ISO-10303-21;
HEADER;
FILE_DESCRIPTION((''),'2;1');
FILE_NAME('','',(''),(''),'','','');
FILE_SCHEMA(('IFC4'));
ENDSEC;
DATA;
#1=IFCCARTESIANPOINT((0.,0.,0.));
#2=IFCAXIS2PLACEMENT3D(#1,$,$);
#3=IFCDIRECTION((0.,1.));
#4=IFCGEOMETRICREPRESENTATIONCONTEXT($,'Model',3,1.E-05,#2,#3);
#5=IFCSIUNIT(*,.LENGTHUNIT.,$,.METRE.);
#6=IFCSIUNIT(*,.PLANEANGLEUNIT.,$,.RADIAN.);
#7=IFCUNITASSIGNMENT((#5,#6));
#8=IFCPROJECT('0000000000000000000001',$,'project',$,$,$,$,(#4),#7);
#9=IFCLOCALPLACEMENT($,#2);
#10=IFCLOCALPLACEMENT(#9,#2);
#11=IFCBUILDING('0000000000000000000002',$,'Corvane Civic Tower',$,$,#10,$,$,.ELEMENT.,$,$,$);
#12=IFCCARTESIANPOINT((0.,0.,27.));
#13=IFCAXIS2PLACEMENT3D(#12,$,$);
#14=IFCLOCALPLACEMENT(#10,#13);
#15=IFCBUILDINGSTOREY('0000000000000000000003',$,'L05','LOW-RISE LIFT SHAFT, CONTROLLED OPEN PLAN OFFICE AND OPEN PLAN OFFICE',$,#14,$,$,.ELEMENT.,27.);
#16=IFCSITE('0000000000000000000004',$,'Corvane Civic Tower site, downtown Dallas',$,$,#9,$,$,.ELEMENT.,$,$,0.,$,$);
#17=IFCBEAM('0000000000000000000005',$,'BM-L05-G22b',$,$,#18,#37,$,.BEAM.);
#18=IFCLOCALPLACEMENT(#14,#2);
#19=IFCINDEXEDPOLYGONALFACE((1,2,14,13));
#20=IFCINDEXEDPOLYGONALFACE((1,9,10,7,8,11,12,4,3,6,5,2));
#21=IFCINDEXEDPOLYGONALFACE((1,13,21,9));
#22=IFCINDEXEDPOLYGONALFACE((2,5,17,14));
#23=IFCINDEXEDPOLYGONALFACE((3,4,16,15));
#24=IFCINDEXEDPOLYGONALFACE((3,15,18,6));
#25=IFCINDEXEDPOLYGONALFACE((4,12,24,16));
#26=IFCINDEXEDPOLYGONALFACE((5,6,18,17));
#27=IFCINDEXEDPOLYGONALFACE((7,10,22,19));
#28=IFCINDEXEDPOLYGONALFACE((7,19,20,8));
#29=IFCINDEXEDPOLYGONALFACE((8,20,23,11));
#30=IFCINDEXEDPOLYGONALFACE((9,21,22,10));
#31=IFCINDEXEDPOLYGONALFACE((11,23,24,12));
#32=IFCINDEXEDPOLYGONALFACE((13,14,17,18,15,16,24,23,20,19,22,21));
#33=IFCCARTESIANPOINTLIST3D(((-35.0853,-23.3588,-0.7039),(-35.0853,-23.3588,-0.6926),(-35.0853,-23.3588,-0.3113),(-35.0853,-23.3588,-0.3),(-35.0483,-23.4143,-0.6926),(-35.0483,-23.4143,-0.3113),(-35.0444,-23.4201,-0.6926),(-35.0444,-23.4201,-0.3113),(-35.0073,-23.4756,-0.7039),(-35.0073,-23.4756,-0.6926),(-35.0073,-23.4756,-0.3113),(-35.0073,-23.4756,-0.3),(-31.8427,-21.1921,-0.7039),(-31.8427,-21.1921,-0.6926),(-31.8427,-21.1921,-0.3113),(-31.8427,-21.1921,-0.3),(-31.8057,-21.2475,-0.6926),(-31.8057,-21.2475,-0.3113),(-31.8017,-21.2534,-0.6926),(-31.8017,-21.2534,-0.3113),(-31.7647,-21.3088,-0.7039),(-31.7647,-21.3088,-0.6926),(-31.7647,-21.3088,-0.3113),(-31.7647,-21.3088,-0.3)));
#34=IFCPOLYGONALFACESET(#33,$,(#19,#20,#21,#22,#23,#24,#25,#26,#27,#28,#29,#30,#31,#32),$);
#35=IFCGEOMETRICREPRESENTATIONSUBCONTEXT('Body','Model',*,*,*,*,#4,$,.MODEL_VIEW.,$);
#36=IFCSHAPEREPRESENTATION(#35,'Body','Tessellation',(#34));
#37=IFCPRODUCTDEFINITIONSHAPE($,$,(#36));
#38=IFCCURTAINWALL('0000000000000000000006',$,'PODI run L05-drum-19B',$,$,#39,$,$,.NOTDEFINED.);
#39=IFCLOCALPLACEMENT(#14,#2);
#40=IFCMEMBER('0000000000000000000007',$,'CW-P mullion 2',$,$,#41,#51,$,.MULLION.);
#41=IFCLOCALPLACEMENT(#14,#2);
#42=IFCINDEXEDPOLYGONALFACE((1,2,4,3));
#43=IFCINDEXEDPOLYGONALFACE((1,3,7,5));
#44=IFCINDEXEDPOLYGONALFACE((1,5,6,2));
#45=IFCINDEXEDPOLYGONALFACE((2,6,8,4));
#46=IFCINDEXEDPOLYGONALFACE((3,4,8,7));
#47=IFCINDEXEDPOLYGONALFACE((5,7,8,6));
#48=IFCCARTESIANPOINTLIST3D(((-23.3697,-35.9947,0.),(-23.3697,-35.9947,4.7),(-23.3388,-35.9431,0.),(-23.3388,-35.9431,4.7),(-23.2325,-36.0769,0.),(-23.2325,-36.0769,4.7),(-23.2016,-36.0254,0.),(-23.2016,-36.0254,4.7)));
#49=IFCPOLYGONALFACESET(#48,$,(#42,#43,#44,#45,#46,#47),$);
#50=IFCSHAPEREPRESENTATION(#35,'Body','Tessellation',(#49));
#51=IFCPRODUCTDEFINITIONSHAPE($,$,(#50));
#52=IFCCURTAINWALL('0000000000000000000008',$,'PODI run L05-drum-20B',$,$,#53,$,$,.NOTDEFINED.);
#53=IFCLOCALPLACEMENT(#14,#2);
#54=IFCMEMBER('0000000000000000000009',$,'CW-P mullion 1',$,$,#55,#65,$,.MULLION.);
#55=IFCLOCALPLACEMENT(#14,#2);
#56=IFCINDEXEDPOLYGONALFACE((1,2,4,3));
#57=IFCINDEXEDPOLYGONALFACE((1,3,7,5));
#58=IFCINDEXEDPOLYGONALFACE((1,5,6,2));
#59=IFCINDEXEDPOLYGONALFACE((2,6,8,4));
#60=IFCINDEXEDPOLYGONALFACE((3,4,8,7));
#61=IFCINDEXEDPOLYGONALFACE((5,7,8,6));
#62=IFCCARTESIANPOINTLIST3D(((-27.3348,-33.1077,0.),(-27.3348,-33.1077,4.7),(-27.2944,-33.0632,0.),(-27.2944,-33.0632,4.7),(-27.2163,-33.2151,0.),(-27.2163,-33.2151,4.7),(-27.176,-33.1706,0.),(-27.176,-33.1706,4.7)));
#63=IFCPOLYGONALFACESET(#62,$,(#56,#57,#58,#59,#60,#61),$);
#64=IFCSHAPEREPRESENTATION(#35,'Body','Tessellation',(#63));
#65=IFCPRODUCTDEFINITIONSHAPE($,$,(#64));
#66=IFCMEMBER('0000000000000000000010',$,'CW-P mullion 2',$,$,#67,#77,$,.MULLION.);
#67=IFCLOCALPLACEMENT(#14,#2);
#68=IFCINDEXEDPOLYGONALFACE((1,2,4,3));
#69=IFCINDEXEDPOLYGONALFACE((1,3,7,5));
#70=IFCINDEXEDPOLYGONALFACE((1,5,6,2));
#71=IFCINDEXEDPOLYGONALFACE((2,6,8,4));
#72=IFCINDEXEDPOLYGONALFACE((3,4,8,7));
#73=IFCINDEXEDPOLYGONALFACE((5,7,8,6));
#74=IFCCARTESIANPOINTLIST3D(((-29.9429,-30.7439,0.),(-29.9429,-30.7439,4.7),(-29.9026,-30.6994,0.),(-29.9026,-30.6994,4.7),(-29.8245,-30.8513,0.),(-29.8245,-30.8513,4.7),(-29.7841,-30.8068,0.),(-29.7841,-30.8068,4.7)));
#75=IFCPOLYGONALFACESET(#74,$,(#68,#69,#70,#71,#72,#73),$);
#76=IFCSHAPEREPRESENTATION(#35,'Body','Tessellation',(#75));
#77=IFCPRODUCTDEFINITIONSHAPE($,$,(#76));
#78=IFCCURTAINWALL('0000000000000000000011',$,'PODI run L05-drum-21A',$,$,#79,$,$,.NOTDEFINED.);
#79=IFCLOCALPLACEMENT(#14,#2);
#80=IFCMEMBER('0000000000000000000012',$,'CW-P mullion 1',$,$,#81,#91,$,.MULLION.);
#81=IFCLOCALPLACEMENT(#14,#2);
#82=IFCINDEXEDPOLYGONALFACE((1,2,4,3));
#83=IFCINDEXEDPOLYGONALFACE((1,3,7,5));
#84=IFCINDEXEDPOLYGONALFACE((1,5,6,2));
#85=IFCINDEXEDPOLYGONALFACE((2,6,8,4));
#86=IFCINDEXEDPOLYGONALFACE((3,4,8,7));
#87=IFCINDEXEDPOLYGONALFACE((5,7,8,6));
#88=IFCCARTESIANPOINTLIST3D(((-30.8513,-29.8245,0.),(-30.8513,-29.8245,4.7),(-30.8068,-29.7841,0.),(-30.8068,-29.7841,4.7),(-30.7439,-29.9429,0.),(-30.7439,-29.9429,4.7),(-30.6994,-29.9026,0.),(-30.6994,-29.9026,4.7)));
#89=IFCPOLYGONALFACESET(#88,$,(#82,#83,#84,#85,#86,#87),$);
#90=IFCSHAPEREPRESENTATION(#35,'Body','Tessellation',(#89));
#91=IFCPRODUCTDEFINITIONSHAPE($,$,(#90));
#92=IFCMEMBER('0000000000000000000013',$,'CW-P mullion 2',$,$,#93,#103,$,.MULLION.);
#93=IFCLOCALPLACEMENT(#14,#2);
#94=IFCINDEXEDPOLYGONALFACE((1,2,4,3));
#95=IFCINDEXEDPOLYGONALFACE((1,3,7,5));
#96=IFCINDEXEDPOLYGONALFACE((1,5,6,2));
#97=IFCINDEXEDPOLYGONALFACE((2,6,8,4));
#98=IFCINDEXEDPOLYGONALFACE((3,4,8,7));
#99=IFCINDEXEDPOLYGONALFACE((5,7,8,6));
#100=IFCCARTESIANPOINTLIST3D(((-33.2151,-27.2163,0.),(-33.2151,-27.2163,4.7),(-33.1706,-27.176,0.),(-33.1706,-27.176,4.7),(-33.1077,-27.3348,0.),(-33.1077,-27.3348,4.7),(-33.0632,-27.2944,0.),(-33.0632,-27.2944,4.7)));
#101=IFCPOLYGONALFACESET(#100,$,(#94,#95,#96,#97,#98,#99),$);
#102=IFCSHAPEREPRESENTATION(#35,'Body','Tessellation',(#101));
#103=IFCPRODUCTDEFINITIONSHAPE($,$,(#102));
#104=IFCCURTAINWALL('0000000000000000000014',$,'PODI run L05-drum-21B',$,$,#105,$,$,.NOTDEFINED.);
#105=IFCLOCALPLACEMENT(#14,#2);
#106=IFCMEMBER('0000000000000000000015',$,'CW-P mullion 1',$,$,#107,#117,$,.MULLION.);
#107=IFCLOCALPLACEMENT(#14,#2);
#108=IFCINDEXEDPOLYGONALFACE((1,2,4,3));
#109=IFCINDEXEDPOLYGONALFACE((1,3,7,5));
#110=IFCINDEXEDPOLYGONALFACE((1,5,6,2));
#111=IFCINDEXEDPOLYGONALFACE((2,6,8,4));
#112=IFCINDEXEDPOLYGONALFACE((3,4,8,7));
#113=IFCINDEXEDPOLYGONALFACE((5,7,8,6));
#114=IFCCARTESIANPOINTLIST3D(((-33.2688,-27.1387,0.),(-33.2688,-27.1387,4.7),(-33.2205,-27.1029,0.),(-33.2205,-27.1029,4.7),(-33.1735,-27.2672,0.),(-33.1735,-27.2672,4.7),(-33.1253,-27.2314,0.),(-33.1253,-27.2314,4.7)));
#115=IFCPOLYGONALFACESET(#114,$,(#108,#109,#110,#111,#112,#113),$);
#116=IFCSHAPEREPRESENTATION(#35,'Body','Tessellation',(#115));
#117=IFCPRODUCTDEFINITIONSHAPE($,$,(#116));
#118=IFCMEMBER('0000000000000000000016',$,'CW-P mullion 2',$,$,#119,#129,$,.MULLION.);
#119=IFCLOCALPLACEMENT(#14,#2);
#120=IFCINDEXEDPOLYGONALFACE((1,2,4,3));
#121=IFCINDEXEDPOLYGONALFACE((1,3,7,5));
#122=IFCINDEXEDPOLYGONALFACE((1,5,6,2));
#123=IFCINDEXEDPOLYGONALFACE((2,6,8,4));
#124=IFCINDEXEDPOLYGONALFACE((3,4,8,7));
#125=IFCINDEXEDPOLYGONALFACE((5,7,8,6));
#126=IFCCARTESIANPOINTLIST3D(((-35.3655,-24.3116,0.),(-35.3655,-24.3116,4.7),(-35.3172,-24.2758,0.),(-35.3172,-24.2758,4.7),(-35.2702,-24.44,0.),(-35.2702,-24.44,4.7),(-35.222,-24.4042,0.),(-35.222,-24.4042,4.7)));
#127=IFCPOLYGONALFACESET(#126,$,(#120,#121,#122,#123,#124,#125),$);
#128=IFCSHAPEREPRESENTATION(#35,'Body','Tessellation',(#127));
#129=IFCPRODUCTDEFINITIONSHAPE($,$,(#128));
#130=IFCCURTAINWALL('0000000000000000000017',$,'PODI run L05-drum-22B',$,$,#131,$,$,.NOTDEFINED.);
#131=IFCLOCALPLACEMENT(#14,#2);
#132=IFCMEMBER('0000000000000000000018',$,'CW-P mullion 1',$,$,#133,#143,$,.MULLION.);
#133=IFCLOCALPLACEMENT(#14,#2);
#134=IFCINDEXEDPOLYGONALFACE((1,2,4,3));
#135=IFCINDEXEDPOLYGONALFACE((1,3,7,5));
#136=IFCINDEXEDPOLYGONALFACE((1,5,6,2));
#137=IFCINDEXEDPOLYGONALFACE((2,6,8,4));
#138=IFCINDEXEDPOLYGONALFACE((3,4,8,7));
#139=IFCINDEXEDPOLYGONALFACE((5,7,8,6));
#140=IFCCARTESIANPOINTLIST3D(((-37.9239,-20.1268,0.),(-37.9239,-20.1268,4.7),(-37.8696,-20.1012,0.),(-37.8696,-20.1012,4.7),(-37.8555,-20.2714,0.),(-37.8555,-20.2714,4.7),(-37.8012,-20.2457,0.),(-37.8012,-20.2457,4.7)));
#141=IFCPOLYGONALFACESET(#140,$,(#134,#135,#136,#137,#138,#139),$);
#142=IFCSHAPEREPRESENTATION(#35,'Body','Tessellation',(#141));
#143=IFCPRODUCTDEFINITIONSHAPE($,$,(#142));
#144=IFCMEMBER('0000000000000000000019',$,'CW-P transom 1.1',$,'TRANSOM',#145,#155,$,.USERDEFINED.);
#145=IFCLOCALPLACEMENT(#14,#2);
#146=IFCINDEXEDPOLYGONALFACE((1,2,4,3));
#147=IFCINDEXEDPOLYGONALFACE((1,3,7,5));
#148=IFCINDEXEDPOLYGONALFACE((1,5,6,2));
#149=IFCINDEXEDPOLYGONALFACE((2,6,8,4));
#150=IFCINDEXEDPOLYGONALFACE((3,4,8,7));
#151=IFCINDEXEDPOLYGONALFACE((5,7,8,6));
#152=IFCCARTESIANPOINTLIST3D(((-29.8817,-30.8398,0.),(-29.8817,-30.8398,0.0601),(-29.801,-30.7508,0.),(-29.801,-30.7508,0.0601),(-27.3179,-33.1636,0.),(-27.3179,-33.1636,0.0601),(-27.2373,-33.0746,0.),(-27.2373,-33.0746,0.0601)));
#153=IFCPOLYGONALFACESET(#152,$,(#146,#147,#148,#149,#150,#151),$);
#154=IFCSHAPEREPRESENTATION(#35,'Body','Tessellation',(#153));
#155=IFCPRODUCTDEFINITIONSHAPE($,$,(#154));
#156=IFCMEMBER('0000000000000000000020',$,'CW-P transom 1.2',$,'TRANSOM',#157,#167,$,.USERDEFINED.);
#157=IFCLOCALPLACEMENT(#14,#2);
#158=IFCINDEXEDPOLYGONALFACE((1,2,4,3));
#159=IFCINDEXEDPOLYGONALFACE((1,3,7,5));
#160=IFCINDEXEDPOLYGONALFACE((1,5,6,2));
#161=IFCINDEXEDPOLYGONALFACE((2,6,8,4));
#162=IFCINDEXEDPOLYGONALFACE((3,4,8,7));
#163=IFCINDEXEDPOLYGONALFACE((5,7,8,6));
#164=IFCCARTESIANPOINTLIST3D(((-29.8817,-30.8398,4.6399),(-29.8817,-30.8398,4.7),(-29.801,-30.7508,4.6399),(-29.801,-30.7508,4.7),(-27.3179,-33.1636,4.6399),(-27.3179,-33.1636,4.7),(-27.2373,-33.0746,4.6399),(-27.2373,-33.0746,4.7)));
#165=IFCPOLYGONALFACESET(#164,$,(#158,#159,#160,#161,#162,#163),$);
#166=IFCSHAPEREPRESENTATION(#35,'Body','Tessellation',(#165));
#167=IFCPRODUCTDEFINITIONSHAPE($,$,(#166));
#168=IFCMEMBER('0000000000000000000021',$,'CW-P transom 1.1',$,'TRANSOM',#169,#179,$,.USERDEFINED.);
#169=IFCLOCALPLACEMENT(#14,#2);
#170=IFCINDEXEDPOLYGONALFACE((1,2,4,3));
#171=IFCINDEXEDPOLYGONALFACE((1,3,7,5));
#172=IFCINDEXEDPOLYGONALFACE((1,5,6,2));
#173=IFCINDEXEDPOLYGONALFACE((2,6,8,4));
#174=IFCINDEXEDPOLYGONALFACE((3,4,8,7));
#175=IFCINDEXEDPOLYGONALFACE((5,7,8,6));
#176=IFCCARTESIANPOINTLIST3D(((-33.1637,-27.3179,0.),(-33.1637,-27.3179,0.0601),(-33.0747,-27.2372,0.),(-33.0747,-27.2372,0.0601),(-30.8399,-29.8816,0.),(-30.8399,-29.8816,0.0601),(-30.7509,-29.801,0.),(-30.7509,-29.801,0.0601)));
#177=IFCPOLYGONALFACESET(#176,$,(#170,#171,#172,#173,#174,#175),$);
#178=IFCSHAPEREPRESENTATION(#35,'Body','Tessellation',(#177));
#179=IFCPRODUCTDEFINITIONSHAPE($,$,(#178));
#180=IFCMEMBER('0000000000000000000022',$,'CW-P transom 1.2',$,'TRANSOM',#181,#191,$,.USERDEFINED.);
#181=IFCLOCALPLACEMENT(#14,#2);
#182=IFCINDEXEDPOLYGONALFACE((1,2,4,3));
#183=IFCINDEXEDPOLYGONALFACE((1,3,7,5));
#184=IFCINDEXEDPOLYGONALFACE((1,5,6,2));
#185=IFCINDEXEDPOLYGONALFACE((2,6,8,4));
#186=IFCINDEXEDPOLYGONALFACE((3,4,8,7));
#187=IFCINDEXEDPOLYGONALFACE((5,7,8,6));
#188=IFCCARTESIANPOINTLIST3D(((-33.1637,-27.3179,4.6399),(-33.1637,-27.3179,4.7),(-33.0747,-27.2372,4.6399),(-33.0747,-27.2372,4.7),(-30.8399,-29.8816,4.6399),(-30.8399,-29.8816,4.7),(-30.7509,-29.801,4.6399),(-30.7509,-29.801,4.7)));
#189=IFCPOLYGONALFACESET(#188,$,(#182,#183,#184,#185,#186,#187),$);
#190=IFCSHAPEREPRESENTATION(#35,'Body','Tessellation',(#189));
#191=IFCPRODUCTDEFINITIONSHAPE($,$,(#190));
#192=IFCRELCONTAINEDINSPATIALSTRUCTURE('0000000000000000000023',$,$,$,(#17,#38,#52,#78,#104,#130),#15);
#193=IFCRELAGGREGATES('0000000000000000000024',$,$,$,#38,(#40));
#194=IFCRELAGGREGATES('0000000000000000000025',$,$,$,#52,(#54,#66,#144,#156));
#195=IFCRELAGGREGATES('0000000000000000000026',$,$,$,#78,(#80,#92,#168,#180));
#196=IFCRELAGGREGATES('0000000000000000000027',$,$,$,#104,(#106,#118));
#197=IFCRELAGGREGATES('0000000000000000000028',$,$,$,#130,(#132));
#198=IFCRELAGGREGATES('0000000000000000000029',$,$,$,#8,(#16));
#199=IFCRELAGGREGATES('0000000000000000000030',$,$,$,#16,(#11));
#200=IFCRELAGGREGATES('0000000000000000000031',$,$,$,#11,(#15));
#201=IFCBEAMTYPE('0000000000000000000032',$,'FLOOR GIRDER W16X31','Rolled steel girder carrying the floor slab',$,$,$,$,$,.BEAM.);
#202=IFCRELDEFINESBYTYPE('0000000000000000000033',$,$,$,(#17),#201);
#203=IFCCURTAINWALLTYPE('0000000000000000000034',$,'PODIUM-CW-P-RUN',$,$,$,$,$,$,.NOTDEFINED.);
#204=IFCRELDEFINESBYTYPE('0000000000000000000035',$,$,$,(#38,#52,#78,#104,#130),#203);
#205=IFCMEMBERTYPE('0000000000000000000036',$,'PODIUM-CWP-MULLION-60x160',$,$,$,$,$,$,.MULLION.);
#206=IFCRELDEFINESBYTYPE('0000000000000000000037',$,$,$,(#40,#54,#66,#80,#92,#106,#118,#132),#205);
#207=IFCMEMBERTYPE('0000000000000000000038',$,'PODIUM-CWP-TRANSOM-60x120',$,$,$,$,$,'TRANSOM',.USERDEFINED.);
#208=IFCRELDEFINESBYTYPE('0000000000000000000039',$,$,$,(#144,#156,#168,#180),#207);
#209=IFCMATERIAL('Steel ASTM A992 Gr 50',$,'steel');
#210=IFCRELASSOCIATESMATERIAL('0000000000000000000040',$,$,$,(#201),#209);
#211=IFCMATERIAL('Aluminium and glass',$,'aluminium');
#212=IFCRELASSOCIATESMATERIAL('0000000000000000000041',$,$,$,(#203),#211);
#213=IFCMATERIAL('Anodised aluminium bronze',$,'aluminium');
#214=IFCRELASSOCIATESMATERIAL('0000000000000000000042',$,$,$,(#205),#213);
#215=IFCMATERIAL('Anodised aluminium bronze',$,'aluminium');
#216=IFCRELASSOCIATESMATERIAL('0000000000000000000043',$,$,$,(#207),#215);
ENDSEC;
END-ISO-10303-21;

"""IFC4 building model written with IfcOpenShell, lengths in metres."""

from ifc_helpers import new_model, si_unit, direction, frame, origin, origin_2d, place, context, subcontext, project, spatial, rectangle, i_section, extrude, material, material_profile, profile_set, type_object, element, aggregate, save


model = new_model("IFC4")

# Units and contexts
model_context = context("Model", 3, precision=1e-05, world=origin(), true_north=direction((0.0, 1.0)))
body_context = subcontext(model_context, "Body", "Model", "MODEL_VIEW")
ifc_project = project(units=[si_unit("LENGTHUNIT", "METRE"), si_unit("PLANEANGLEUNIT", "RADIAN")], contexts=[model_context])

# Site, building, storey
site_placement = place(None, origin())
site = spatial("IfcSite", under=ifc_project, at=site_placement, Name="Corvane Civic Tower site, downtown Dallas", CompositionType="ELEMENT", RefElevation=0.0)
building_placement = place(site_placement, origin())
building = spatial("IfcBuilding", under=site, at=building_placement, Name="Corvane Civic Tower", CompositionType="ELEMENT")
storey_placement = place(building_placement, frame((0.0, 0.0, 27.0)))
storey = spatial("IfcBuildingStorey", under=building, at=storey_placement, Name="L05", Description="LOW-RISE LIFT SHAFT, CONTROLLED OPEN PLAN OFFICE AND OPEN PLAN OFFICE", CompositionType="ELEMENT", Elevation=27.0)

# Beam
ifc_material_1 = material(Name="Steel ASTM A992 Gr 50", Category="steel")
ifc_material_profile_1 = material_profile(ifc_material_1, i_section(OverallWidth=0.1404, OverallDepth=0.4038, WebThickness=0.0071, FlangeThickness=0.0112, at=origin_2d()), Name="W16X31")
ifc_profile_set_1 = profile_set([ifc_material_profile_1], Name="Steel ASTM A992 Gr 50")
beam_type_1 = type_object("IfcBeamType", Name="FLOOR GIRDER W16X31", Description="Rolled steel girder carrying the floor slab", PredefinedType="BEAM", material=ifc_profile_set_1)
for number, where, z_axis, x_axis, name in (
    (1, (-31.8037, -21.2505, -0.502), (-0.831462, -0.555581, 0.0), (0.555581, -0.831462, 0.0), "BM-L05-G22b"),
):
    element("IfcBeam", number, at=place(storey_placement, frame(where, z_axis=z_axis, x_axis=x_axis)), inside=storey, type_object=beam_type_1, Name=name, PredefinedType="BEAM", context=body_context, shape_type="SweptSolid", body=[
        extrude(i_section(OverallWidth=0.1404, OverallDepth=0.4038, WebThickness=0.0071, FlangeThickness=0.0112, at=origin_2d()), origin(), (0.0, 0.0, 1.0), 3.8999),
    ])

# Curtain wall, member
ifc_material_2 = material(Name="Aluminium and glass", Category="aluminium")
curtain_wall_type = type_object("IfcCurtainWallType", Name="PODIUM-CW-P-RUN", PredefinedType="NOTDEFINED", material=ifc_material_2)
curtain_wall_1_placement = place(storey_placement, origin())
curtain_wall_1 = element("IfcCurtainWall", 2, at=curtain_wall_1_placement, inside=storey, type_object=curtain_wall_type, Name="PODI run L05-drum-19B", PredefinedType="NOTDEFINED")
ifc_material_3 = material(Name="Anodised aluminium bronze", Category="aluminium")
ifc_material_profile_2 = material_profile(ifc_material_3, rectangle(XDim=0.0601, YDim=0.1599, at=origin_2d()), Name="AL 60x160")
ifc_profile_set_2 = profile_set([ifc_material_profile_2], Name="Anodised aluminium bronze")
member_type_1 = type_object("IfcMemberType", Name="PODIUM-CWP-MULLION-60x160", PredefinedType="MULLION", material=ifc_profile_set_2)
member_1_placement = place(storey_placement, frame((-23.2856, -36.01, 0.0), z_axis=(0.0, 0.0, 1.0), x_axis=(-0.514118, -0.85772, 0.0)))
member_1 = element("IfcMember", 3, at=member_1_placement, type_object=member_type_1, Name="CW-P mullion 2", PredefinedType="MULLION", context=body_context, shape_type="SweptSolid", body=[
    extrude(rectangle(XDim=0.0601, YDim=0.1599, at=origin_2d()), origin(), (0.0, 0.0, 1.0), 4.7),
])
aggregate(curtain_wall_1, [member_1])

# Curtain walls, members
curtain_wall_2_placement = place(storey_placement, origin())
curtain_wall_2 = element("IfcCurtainWall", 4, at=curtain_wall_2_placement, inside=storey, type_object=curtain_wall_type, Name="PODI run L05-drum-20B", PredefinedType="NOTDEFINED")
member_2_placement = place(storey_placement, frame((-27.2554, -33.1392, 0.0), z_axis=(0.0, 0.0, 1.0), x_axis=(-0.671576, -0.740935, 0.0)))
member_2 = element("IfcMember", 5, at=member_2_placement, type_object=member_type_1, Name="CW-P mullion 1", PredefinedType="MULLION", context=body_context, shape_type="SweptSolid", body=[
    extrude(rectangle(XDim=0.0601, YDim=0.1599, at=origin_2d()), origin(), (0.0, 0.0, 1.0), 4.7),
])
member_3_placement = place(storey_placement, frame((-29.8635, -30.7754, 0.0), z_axis=(0.0, 0.0, 1.0), x_axis=(-0.671576, -0.740935, 0.0)))
member_3 = element("IfcMember", 6, at=member_3_placement, type_object=member_type_1, Name="CW-P mullion 2", PredefinedType="MULLION", context=body_context, shape_type="SweptSolid", body=[
    extrude(rectangle(XDim=0.0601, YDim=0.1599, at=origin_2d()), origin(), (0.0, 0.0, 1.0), 4.7),
])
curtain_wall_3_placement = place(storey_placement, origin())
curtain_wall_3 = element("IfcCurtainWall", 7, at=curtain_wall_3_placement, inside=storey, type_object=curtain_wall_type, Name="PODI run L05-drum-21A", PredefinedType="NOTDEFINED")
member_4_placement = place(storey_placement, frame((-30.7754, -29.8635, 0.0), z_axis=(0.0, 0.0, 1.0), x_axis=(-0.740935, -0.671576, 0.0)))
member_4 = element("IfcMember", 8, at=member_4_placement, type_object=member_type_1, Name="CW-P mullion 1", PredefinedType="MULLION", context=body_context, shape_type="SweptSolid", body=[
    extrude(rectangle(XDim=0.0601, YDim=0.1599, at=origin_2d()), origin(), (0.0, 0.0, 1.0), 4.7),
])
member_5_placement = place(storey_placement, frame((-33.1392, -27.2554, 0.0), z_axis=(0.0, 0.0, 1.0), x_axis=(-0.740935, -0.671576, 0.0)))
member_5 = element("IfcMember", 9, at=member_5_placement, type_object=member_type_1, Name="CW-P mullion 2", PredefinedType="MULLION", context=body_context, shape_type="SweptSolid", body=[
    extrude(rectangle(XDim=0.0601, YDim=0.1599, at=origin_2d()), origin(), (0.0, 0.0, 1.0), 4.7),
])
curtain_wall_4_placement = place(storey_placement, origin())
curtain_wall_4 = element("IfcCurtainWall", 10, at=curtain_wall_4_placement, inside=storey, type_object=curtain_wall_type, Name="PODI run L05-drum-21B", PredefinedType="NOTDEFINED")
member_6_placement = place(storey_placement, frame((-33.197, -27.1851, 0.0), z_axis=(0.0, 0.0, 1.0), x_axis=(-0.803203, -0.595705, 0.0)))
member_6 = element("IfcMember", 11, at=member_6_placement, type_object=member_type_1, Name="CW-P mullion 1", PredefinedType="MULLION", context=body_context, shape_type="SweptSolid", body=[
    extrude(rectangle(XDim=0.0601, YDim=0.1599, at=origin_2d()), origin(), (0.0, 0.0, 1.0), 4.7),
])
member_7_placement = place(storey_placement, frame((-35.2937, -24.3579, 0.0), z_axis=(0.0, 0.0, 1.0), x_axis=(-0.803203, -0.595705, 0.0)))
member_7 = element("IfcMember", 12, at=member_7_placement, type_object=member_type_1, Name="CW-P mullion 2", PredefinedType="MULLION", context=body_context, shape_type="SweptSolid", body=[
    extrude(rectangle(XDim=0.0601, YDim=0.1599, at=origin_2d()), origin(), (0.0, 0.0, 1.0), 4.7),
])

# Curtain wall, member
curtain_wall_5_placement = place(storey_placement, origin())
curtain_wall_5 = element("IfcCurtainWall", 13, at=curtain_wall_5_placement, inside=storey, type_object=curtain_wall_type, Name="PODI run L05-drum-22B", PredefinedType="NOTDEFINED")
member_8_placement = place(storey_placement, frame((-37.8625, -20.1863, 0.0), z_axis=(0.0, 0.0, 1.0), x_axis=(-0.90399, -0.427553, 0.0)))
member_8 = element("IfcMember", 14, at=member_8_placement, type_object=member_type_1, Name="CW-P mullion 1", PredefinedType="MULLION", context=body_context, shape_type="SweptSolid", body=[
    extrude(rectangle(XDim=0.0601, YDim=0.1599, at=origin_2d()), origin(), (0.0, 0.0, 1.0), 4.7),
])

# Members
ifc_material_4 = material(Name="Anodised aluminium bronze", Category="aluminium")
ifc_material_profile_3 = material_profile(ifc_material_4, rectangle(XDim=0.1201, YDim=0.0601, at=origin_2d()), Name="AL 120x60")
ifc_profile_set_3 = profile_set([ifc_material_profile_3], Name="Anodised aluminium bronze")
member_type_2 = type_object("IfcMemberType", Name="PODIUM-CWP-TRANSOM-60x120", ElementType="TRANSOM", PredefinedType="USERDEFINED", material=ifc_profile_set_3)
member_9_placement = place(storey_placement, frame((-27.2776, -33.1191, 0.03), z_axis=(-0.740935, 0.671576, 0.0), x_axis=(-0.671576, -0.740935, 0.0)))
member_9 = element("IfcMember", 15, at=member_9_placement, type_object=member_type_2, Name="CW-P transom 1.1", ObjectType="TRANSOM", PredefinedType="USERDEFINED", context=body_context, shape_type="SweptSolid", body=[
    extrude(rectangle(XDim=0.1201, YDim=0.0601, at=origin_2d()), origin(), (0.0, 0.0, 1.0), 3.4602),
])
member_10_placement = place(storey_placement, frame((-27.2776, -33.1191, 4.6699), z_axis=(-0.740935, 0.671576, 0.0), x_axis=(-0.671576, -0.740935, 0.0)))
member_10 = element("IfcMember", 16, at=member_10_placement, type_object=member_type_2, Name="CW-P transom 1.2", ObjectType="TRANSOM", PredefinedType="USERDEFINED", context=body_context, shape_type="SweptSolid", body=[
    extrude(rectangle(XDim=0.1201, YDim=0.0601, at=origin_2d()), origin(), (0.0, 0.0, 1.0), 3.4602),
])
member_11_placement = place(storey_placement, frame((-30.7954, -29.8413, 0.03), z_axis=(-0.671576, 0.740935, 0.0), x_axis=(-0.740935, -0.671576, 0.0)))
member_11 = element("IfcMember", 17, at=member_11_placement, type_object=member_type_2, Name="CW-P transom 1.1", ObjectType="TRANSOM", PredefinedType="USERDEFINED", context=body_context, shape_type="SweptSolid", body=[
    extrude(rectangle(XDim=0.1201, YDim=0.0601, at=origin_2d()), origin(), (0.0, 0.0, 1.0), 3.4602),
])
member_12_placement = place(storey_placement, frame((-30.7954, -29.8413, 4.6699), z_axis=(-0.671576, 0.740935, 0.0), x_axis=(-0.740935, -0.671576, 0.0)))
member_12 = element("IfcMember", 18, at=member_12_placement, type_object=member_type_2, Name="CW-P transom 1.2", ObjectType="TRANSOM", PredefinedType="USERDEFINED", context=body_context, shape_type="SweptSolid", body=[
    extrude(rectangle(XDim=0.1201, YDim=0.0601, at=origin_2d()), origin(), (0.0, 0.0, 1.0), 3.4602),
])

aggregate(curtain_wall_2, [member_2, member_3, member_9, member_10])
aggregate(curtain_wall_3, [member_4, member_5, member_11, member_12])
aggregate(curtain_wall_4, [member_6, member_7])
aggregate(curtain_wall_5, [member_8])

save(model, "model.ifc")
